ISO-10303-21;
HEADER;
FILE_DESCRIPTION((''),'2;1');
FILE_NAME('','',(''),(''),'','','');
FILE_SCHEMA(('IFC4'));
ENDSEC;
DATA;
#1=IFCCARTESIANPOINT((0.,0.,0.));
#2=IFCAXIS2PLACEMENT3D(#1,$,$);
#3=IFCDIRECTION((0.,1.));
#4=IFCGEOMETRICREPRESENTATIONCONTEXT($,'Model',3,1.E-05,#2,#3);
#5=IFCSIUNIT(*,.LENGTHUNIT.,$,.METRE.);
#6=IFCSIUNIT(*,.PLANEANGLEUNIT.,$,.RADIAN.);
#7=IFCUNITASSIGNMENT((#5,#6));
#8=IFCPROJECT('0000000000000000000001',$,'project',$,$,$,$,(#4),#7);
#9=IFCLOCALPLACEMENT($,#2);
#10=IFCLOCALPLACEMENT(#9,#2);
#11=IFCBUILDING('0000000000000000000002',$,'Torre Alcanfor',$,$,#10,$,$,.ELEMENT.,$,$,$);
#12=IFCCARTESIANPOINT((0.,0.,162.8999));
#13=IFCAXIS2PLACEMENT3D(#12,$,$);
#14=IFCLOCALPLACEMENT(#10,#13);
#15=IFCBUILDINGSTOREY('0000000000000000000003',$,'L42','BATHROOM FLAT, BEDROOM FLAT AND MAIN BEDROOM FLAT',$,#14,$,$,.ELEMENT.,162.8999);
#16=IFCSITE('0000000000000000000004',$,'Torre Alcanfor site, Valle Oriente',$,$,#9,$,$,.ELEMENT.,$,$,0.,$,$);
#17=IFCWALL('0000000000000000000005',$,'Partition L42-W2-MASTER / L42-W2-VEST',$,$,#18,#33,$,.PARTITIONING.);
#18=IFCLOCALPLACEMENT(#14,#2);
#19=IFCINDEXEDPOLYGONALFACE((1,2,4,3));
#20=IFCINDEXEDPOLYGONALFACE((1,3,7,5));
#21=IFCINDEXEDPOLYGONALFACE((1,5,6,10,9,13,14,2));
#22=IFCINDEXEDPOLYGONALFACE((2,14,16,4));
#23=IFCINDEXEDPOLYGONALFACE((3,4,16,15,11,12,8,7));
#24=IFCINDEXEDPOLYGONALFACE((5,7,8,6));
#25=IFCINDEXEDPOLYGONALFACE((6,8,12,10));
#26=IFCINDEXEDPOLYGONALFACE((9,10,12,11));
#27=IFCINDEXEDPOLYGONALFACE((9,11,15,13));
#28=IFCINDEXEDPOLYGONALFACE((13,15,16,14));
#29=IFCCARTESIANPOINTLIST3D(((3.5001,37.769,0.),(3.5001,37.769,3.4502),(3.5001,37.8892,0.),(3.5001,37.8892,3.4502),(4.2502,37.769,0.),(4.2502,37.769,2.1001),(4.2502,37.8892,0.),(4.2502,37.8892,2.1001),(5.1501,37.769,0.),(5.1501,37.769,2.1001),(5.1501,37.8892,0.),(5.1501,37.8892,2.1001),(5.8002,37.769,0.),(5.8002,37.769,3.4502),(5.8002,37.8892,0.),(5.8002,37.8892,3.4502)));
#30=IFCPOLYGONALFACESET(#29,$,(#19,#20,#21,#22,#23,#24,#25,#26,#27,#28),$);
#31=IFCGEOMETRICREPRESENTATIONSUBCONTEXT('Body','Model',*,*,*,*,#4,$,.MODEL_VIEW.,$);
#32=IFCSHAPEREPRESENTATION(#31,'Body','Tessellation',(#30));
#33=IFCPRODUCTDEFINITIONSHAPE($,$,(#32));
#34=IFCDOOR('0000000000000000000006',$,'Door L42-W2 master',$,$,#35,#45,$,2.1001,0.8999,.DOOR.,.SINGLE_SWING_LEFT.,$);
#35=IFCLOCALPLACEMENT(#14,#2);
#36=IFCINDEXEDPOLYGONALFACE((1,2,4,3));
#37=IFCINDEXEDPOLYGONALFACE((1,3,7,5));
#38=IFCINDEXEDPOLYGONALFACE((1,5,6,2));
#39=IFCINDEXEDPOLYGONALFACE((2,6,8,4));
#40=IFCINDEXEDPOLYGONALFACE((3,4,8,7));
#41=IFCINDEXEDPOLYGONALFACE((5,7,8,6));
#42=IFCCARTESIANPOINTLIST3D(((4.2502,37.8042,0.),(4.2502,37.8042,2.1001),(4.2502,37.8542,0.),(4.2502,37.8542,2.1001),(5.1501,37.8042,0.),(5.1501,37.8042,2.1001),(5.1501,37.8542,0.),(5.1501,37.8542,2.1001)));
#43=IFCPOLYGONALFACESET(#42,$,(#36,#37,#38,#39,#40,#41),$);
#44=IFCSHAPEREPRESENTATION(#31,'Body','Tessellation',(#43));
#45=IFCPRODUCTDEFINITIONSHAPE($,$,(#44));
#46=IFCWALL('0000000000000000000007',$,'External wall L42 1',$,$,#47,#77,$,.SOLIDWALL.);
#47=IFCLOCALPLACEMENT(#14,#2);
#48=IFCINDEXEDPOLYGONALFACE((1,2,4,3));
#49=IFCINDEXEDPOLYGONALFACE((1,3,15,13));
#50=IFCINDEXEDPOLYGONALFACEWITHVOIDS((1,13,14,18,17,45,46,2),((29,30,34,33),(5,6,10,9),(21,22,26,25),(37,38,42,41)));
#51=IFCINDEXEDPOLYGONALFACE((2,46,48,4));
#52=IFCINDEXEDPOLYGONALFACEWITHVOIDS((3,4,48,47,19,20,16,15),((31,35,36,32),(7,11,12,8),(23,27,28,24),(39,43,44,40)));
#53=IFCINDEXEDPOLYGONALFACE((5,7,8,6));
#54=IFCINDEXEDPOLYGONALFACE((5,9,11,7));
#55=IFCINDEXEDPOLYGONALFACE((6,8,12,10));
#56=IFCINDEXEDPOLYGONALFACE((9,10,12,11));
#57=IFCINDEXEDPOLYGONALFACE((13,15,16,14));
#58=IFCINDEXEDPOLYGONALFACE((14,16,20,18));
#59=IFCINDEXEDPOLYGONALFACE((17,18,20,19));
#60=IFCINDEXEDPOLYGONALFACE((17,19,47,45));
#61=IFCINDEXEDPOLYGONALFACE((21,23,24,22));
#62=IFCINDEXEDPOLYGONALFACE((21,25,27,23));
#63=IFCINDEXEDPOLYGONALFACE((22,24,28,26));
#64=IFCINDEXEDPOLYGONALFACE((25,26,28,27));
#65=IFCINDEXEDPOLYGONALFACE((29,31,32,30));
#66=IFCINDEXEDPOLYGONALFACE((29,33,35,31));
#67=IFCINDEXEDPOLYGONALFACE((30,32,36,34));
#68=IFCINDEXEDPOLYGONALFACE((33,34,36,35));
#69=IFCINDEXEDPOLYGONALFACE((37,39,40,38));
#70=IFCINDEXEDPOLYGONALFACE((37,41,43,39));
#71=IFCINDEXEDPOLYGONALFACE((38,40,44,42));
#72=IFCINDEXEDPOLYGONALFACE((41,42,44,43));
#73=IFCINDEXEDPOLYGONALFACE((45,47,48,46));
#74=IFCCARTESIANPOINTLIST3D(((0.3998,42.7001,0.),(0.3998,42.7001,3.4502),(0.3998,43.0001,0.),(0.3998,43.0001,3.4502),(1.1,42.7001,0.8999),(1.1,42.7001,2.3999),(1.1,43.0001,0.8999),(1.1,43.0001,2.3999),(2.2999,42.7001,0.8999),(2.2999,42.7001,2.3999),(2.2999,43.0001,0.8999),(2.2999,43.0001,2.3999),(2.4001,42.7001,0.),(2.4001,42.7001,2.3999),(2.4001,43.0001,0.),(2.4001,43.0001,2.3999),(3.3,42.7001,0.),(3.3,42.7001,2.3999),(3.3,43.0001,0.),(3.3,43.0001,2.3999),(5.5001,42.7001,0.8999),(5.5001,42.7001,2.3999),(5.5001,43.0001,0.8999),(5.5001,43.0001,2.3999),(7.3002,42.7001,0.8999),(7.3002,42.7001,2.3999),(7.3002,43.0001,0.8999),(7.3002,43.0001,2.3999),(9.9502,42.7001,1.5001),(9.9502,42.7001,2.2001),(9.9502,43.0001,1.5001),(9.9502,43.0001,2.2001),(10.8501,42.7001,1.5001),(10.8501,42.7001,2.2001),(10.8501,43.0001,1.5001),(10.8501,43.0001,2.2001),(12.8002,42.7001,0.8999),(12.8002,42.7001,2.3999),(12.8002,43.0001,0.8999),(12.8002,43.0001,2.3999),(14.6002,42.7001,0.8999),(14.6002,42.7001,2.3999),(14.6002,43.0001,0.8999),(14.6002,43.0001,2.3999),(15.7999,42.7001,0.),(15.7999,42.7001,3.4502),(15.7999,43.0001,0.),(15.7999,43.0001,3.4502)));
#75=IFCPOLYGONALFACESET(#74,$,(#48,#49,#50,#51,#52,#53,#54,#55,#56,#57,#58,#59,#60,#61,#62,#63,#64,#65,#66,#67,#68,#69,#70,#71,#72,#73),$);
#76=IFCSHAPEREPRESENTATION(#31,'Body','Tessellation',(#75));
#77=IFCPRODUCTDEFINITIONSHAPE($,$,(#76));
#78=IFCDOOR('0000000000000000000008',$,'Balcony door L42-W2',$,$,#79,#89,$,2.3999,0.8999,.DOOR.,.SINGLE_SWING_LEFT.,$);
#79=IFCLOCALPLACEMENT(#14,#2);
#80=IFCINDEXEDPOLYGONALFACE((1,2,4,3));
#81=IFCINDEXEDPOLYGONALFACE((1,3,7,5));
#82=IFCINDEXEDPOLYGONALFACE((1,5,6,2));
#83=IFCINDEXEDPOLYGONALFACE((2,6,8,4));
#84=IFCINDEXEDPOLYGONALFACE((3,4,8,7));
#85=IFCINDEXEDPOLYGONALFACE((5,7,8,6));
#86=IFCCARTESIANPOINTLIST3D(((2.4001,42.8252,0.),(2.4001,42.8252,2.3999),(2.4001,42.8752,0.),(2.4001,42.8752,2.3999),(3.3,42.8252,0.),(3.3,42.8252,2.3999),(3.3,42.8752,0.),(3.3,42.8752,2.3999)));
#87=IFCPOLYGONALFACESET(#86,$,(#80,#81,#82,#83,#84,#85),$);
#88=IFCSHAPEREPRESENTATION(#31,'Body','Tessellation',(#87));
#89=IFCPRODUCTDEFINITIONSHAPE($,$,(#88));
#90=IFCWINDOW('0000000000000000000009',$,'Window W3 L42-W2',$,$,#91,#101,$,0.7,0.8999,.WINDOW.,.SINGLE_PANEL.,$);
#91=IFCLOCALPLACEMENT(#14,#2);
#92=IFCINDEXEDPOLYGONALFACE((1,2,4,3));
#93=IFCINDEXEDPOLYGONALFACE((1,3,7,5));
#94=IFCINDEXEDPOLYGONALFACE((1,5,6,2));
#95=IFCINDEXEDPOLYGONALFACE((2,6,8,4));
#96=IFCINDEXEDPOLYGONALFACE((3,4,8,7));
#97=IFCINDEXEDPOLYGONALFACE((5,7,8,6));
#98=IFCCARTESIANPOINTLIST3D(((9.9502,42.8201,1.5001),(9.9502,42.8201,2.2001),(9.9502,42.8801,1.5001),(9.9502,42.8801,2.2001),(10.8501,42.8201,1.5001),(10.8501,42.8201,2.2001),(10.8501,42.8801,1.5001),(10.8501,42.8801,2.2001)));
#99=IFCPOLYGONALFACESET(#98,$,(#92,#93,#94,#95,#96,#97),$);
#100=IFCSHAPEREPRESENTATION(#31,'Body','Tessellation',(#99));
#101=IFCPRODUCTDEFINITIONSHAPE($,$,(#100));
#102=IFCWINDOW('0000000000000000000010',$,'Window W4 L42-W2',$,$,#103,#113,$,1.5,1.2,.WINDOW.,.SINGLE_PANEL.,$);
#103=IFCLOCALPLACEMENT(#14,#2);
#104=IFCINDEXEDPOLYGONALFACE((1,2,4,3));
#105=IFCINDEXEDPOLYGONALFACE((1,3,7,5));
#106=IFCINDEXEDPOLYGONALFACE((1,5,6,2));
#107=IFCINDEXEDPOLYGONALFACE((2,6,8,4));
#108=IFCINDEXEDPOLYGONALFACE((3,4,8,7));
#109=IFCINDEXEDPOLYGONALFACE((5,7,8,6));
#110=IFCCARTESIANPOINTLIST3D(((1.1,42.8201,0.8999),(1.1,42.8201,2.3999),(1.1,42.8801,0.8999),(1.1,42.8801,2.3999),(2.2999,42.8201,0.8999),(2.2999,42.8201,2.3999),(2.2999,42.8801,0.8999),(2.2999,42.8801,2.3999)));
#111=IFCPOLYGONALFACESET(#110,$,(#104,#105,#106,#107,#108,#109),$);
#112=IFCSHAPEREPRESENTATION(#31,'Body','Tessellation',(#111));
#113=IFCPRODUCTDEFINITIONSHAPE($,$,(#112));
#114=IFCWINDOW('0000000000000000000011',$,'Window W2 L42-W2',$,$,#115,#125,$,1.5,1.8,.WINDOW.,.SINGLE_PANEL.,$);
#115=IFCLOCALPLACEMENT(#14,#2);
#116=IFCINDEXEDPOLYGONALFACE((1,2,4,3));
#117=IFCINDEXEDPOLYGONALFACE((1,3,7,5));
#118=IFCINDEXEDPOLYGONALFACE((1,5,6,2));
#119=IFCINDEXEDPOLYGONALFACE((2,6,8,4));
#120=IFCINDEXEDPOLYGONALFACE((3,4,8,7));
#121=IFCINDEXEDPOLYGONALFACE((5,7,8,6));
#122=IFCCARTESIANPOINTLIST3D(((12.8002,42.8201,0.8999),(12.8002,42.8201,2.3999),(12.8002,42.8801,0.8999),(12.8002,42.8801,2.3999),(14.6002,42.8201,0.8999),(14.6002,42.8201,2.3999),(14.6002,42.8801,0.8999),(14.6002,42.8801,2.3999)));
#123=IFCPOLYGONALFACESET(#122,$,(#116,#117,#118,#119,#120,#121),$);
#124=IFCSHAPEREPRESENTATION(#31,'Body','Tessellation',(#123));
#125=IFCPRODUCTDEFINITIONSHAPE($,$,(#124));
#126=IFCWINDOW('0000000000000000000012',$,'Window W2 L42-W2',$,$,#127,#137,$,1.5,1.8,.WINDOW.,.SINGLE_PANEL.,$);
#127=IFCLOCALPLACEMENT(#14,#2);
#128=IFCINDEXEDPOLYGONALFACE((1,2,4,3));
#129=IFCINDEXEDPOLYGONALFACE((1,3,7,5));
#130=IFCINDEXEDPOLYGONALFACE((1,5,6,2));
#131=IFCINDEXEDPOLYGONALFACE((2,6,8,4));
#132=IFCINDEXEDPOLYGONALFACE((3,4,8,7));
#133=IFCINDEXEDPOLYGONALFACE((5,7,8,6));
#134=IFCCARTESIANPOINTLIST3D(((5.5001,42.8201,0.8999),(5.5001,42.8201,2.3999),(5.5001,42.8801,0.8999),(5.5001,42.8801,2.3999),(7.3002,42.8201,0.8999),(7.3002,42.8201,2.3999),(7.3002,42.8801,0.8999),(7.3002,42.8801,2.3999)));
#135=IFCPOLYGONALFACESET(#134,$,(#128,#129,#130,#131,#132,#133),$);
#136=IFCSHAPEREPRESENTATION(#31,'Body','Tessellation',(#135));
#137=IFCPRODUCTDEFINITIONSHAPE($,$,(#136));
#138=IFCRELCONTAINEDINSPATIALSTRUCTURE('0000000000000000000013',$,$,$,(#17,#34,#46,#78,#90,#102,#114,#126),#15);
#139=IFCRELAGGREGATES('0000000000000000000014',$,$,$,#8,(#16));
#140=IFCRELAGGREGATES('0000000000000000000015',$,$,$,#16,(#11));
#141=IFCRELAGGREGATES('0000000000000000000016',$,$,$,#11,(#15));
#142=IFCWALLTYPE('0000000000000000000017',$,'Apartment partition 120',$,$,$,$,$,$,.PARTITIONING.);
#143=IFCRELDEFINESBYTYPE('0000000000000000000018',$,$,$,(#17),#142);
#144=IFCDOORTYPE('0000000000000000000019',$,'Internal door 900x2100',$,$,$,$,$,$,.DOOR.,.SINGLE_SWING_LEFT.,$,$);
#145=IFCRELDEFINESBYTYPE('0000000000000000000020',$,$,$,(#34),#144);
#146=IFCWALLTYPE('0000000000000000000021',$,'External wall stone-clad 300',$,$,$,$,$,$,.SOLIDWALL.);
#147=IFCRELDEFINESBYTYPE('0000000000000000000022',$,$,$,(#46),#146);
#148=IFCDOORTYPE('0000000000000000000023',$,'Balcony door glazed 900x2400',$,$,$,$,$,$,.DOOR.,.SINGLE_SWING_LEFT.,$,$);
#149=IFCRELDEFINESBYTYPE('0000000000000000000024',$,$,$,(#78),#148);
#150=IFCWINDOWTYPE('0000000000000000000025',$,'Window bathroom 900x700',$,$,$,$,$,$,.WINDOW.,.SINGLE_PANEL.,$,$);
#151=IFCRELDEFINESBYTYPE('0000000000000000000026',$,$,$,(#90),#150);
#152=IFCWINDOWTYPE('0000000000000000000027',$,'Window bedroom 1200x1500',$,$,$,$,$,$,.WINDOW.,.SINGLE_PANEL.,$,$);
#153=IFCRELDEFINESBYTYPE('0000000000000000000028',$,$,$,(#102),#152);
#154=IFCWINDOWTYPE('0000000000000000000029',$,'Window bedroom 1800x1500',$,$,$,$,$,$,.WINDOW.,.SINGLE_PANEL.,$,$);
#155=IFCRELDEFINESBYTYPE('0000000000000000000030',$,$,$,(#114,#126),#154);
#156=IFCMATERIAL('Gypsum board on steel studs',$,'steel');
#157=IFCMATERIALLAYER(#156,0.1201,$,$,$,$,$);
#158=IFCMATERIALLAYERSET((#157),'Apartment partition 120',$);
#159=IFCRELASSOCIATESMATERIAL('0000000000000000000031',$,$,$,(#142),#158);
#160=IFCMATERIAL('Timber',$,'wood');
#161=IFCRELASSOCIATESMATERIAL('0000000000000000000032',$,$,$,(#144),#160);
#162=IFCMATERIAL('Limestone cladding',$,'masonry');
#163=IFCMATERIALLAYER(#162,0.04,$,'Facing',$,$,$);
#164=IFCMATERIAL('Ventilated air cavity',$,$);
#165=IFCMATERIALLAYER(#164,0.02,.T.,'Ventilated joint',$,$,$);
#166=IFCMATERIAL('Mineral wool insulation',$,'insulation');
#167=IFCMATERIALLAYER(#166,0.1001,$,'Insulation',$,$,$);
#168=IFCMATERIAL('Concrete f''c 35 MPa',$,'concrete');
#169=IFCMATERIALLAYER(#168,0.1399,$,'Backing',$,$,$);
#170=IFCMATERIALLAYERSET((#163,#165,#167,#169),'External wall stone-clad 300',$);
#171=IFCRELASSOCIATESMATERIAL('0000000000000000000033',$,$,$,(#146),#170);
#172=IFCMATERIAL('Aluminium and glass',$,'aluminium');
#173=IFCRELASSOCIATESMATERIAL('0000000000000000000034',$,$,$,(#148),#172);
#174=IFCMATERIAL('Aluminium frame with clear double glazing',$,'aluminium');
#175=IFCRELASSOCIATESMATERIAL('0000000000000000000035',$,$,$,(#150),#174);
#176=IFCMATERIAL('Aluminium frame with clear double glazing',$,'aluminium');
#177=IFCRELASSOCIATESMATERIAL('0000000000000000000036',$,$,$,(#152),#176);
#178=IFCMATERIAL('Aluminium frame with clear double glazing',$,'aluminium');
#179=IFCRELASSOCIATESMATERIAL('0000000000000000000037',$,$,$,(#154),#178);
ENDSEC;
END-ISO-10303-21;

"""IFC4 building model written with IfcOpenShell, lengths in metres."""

from ifc_helpers import new_model, si_unit, direction, frame, frame_2d, origin, place, context, subcontext, project, spatial, rectangle, extrude, material, layer, layer_set, type_object, element, fill, save


model = new_model("IFC4")

# Units and contexts
model_context = context("Model", 3, precision=1e-05, world=origin(), true_north=direction((0.0, 1.0)))
body_context = subcontext(model_context, "Body", "Model", "MODEL_VIEW")
ifc_project = project(units=[si_unit("LENGTHUNIT", "METRE"), si_unit("PLANEANGLEUNIT", "RADIAN")], contexts=[model_context])

# Site, building, storey
site_placement = place(None, origin())
site = spatial("IfcSite", under=ifc_project, at=site_placement, Name="Torre Alcanfor site, Valle Oriente", CompositionType="ELEMENT", RefElevation=0.0)
building_placement = place(site_placement, origin())
building = spatial("IfcBuilding", under=site, at=building_placement, Name="Torre Alcanfor", CompositionType="ELEMENT")
storey_placement = place(building_placement, frame((0.0, 0.0, 162.8999)))
storey = spatial("IfcBuildingStorey", under=building, at=storey_placement, Name="L42", Description="BATHROOM FLAT, BEDROOM FLAT AND MAIN BEDROOM FLAT", CompositionType="ELEMENT", Elevation=162.8999)

# Shared definitions
ifc_material_1 = material(Name="Gypsum board on steel studs", Category="steel")
ifc_layer_1 = layer(ifc_material_1, 0.1201)
ifc_layer_set_1 = layer_set([ifc_layer_1], Name="Apartment partition 120")
wall_type_1 = type_object("IfcWallType", Name="Apartment partition 120", PredefinedType="PARTITIONING", material=ifc_layer_set_1)
ifc_material_2 = material(Name="Timber", Category="wood")
door_type_1 = type_object("IfcDoorType", Name="Internal door 900x2100", OperationType="SINGLE_SWING_LEFT", PredefinedType="DOOR", material=ifc_material_2)

# Wall, opening, door
wall_1_placement = place(storey_placement, frame((5.8, 37.8291, 0.0), z_axis=(0.0, 0.0, 1.0), x_axis=(-1.0, 0.0, 0.0)))
wall_1 = element("IfcWall", 1, at=wall_1_placement, inside=storey, type_object=wall_type_1, Name="Partition L42-W2-MASTER / L42-W2-VEST", PredefinedType="PARTITIONING", context=body_context, shape_type="SweptSolid", body=[
    extrude(rectangle(XDim=2.3, YDim=0.1201, at=frame_2d((1.1499, 0.0))), origin(), (0.0, 0.0, 1.0), 3.4502),
])
opening_1_placement = place(wall_1_placement, frame((0.6499, 0.0, 0.0)))
opening_1 = element("IfcOpeningElement", 2, at=opening_1_placement, cuts=wall_1, PredefinedType="OPENING", context=body_context, shape_type="SweptSolid", body=[
    extrude(rectangle(XDim=0.8999, YDim=2.1001, at=frame_2d((0.45, 1.05))), frame((0.0, 0.0701, 0.0), z_axis=(0.0, -1.0, 0.0), x_axis=(1.0, 0.0, 0.0)), (0.0, 0.0, 1.0), 0.1401),
])
door_1_placement = place(opening_1_placement, origin())
door_1 = element("IfcDoor", 3, at=door_1_placement, inside=storey, type_object=door_type_1, Name="Door L42-W2 master", OperationType="SINGLE_SWING_LEFT", OverallHeight=2.1001, OverallWidth=0.8999, PredefinedType="DOOR", context=body_context, shape_type="SweptSolid", body=[
    extrude(rectangle(XDim=0.8999, YDim=2.1001, at=frame_2d((0.45, 1.05))), frame((0.0, 0.0249, 0.0), z_axis=(0.0, -1.0, 0.0), x_axis=(1.0, 0.0, 0.0)), (0.0, 0.0, 1.0), 0.05),
])
fill(opening_1, door_1)

# Wall, openings, door, windows
ifc_material_3 = material(Name="Limestone cladding", Category="masonry")
ifc_layer_2 = layer(ifc_material_3, 0.04, Name="Facing")
ifc_material_4 = material(Name="Ventilated air cavity")
ifc_layer_3 = layer(ifc_material_4, 0.02, ventilated=True, Name="Ventilated joint")
ifc_material_5 = material(Name="Mineral wool insulation", Category="insulation")
ifc_layer_4 = layer(ifc_material_5, 0.1001, Name="Insulation")
ifc_material_6 = material(Name="Concrete f'c 35 MPa", Category="concrete")
ifc_layer_5 = layer(ifc_material_6, 0.1399, Name="Backing")
ifc_layer_set_2 = layer_set([ifc_layer_2, ifc_layer_3, ifc_layer_4, ifc_layer_5], Name="External wall stone-clad 300")
wall_type_2 = type_object("IfcWallType", Name="External wall stone-clad 300", PredefinedType="SOLIDWALL", material=ifc_layer_set_2)
wall_2_placement = place(storey_placement, frame((15.8, 42.8501, 0.0), z_axis=(0.0, 0.0, 1.0), x_axis=(-1.0, 0.0, 0.0)))
wall_2 = element("IfcWall", 4, at=wall_2_placement, inside=storey, type_object=wall_type_2, Name="External wall L42 1", PredefinedType="SOLIDWALL", context=body_context, shape_type="SweptSolid", body=[
    extrude(rectangle(XDim=15.4001, YDim=0.3, at=frame_2d((7.7002, 0.0))), origin(), (0.0, 0.0, 1.0), 3.4502),
])
opening_2_placement = place(wall_2_placement, frame((1.2, 0.0, 0.8999)))
opening_2 = element("IfcOpeningElement", 5, at=opening_2_placement, cuts=wall_2, PredefinedType="OPENING", context=body_context, shape_type="SweptSolid", body=[
    extrude(rectangle(XDim=1.8, YDim=1.5, at=frame_2d((0.8999, 0.75))), frame((0.0, 0.1599, 0.0), z_axis=(0.0, -1.0, 0.0), x_axis=(1.0, 0.0, 0.0)), (0.0, 0.0, 1.0), 0.3201),
])
opening_3_placement = place(wall_2_placement, frame((4.95, 0.0, 1.5)))
opening_3 = element("IfcOpeningElement", 6, at=opening_3_placement, cuts=wall_2, PredefinedType="OPENING", context=body_context, shape_type="SweptSolid", body=[
    extrude(rectangle(XDim=0.8999, YDim=0.7, at=frame_2d((0.45, 0.3501))), frame((0.0, 0.1599, 0.0), z_axis=(0.0, -1.0, 0.0), x_axis=(1.0, 0.0, 0.0)), (0.0, 0.0, 1.0), 0.3201),
])
opening_4_placement = place(wall_2_placement, frame((8.5, 0.0, 0.8999)))
opening_4 = element("IfcOpeningElement", 7, at=opening_4_placement, cuts=wall_2, PredefinedType="OPENING", context=body_context, shape_type="SweptSolid", body=[
    extrude(rectangle(XDim=1.8, YDim=1.5, at=frame_2d((0.8999, 0.75))), frame((0.0, 0.1599, 0.0), z_axis=(0.0, -1.0, 0.0), x_axis=(1.0, 0.0, 0.0)), (0.0, 0.0, 1.0), 0.3201),
])
opening_5_placement = place(wall_2_placement, frame((12.5, 0.0, 0.0)))
opening_5 = element("IfcOpeningElement", 8, at=opening_5_placement, cuts=wall_2, PredefinedType="OPENING", context=body_context, shape_type="SweptSolid", body=[
    extrude(rectangle(XDim=0.8999, YDim=2.3999, at=frame_2d((0.45, 1.2))), frame((0.0, 0.1599, 0.0), z_axis=(0.0, -1.0, 0.0), x_axis=(1.0, 0.0, 0.0)), (0.0, 0.0, 1.0), 0.3201),
])
opening_6_placement = place(wall_2_placement, frame((13.5, 0.0, 0.8999)))
opening_6 = element("IfcOpeningElement", 9, at=opening_6_placement, cuts=wall_2, PredefinedType="OPENING", context=body_context, shape_type="SweptSolid", body=[
    extrude(rectangle(XDim=1.2, YDim=1.5, at=frame_2d((0.6001, 0.75))), frame((0.0, 0.1599, 0.0), z_axis=(0.0, -1.0, 0.0), x_axis=(1.0, 0.0, 0.0)), (0.0, 0.0, 1.0), 0.3201),
])
ifc_material_7 = material(Name="Aluminium and glass", Category="aluminium")
door_type_2 = type_object("IfcDoorType", Name="Balcony door glazed 900x2400", OperationType="SINGLE_SWING_LEFT", PredefinedType="DOOR", material=ifc_material_7)
door_2_placement = place(opening_5_placement, origin())
door_2 = element("IfcDoor", 10, at=door_2_placement, inside=storey, type_object=door_type_2, Name="Balcony door L42-W2", OperationType="SINGLE_SWING_LEFT", OverallHeight=2.3999, OverallWidth=0.8999, PredefinedType="DOOR", context=body_context, shape_type="SweptSolid", body=[
    extrude(rectangle(XDim=0.8999, YDim=2.3999, at=frame_2d((0.45, 1.2))), frame((0.0, 0.0249, 0.0), z_axis=(0.0, -1.0, 0.0), x_axis=(1.0, 0.0, 0.0)), (0.0, 0.0, 1.0), 0.05),
])
fill(opening_5, door_2)
ifc_material_8 = material(Name="Aluminium frame with clear double glazing", Category="aluminium")
window_type_1 = type_object("IfcWindowType", Name="Window bathroom 900x700", PartitioningType="SINGLE_PANEL", PredefinedType="WINDOW", material=ifc_material_8)
window_1_placement = place(opening_3_placement, origin())
window_1 = element("IfcWindow", 11, at=window_1_placement, inside=storey, type_object=window_type_1, Name="Window W3 L42-W2", OverallHeight=0.7, OverallWidth=0.8999, PartitioningType="SINGLE_PANEL", PredefinedType="WINDOW", context=body_context, shape_type="SweptSolid", body=[
    extrude(rectangle(XDim=0.8999, YDim=0.7, at=frame_2d((0.45, 0.3501))), frame((0.0, 0.03, 0.0), z_axis=(0.0, -1.0, 0.0), x_axis=(1.0, 0.0, 0.0)), (0.0, 0.0, 1.0), 0.0601),
])
fill(opening_3, window_1)
ifc_material_9 = material(Name="Aluminium frame with clear double glazing", Category="aluminium")
window_type_2 = type_object("IfcWindowType", Name="Window bedroom 1200x1500", PartitioningType="SINGLE_PANEL", PredefinedType="WINDOW", material=ifc_material_9)
window_2_placement = place(opening_6_placement, origin())
window_2 = element("IfcWindow", 12, at=window_2_placement, inside=storey, type_object=window_type_2, Name="Window W4 L42-W2", OverallHeight=1.5, OverallWidth=1.2, PartitioningType="SINGLE_PANEL", PredefinedType="WINDOW", context=body_context, shape_type="SweptSolid", body=[
    extrude(rectangle(XDim=1.2, YDim=1.5, at=frame_2d((0.6001, 0.75))), frame((0.0, 0.03, 0.0), z_axis=(0.0, -1.0, 0.0), x_axis=(1.0, 0.0, 0.0)), (0.0, 0.0, 1.0), 0.0601),
])
fill(opening_6, window_2)
ifc_material_10 = material(Name="Aluminium frame with clear double glazing", Category="aluminium")
window_type_3 = type_object("IfcWindowType", Name="Window bedroom 1800x1500", PartitioningType="SINGLE_PANEL", PredefinedType="WINDOW", material=ifc_material_10)
window_3_placement = place(opening_2_placement, origin())
window_3 = element("IfcWindow", 13, at=window_3_placement, inside=storey, type_object=window_type_3, Name="Window W2 L42-W2", OverallHeight=1.5, OverallWidth=1.8, PartitioningType="SINGLE_PANEL", PredefinedType="WINDOW", context=body_context, shape_type="SweptSolid", body=[
    extrude(rectangle(XDim=1.8, YDim=1.5, at=frame_2d((0.8999, 0.75))), frame((0.0, 0.03, 0.0), z_axis=(0.0, -1.0, 0.0), x_axis=(1.0, 0.0, 0.0)), (0.0, 0.0, 1.0), 0.0601),
])
fill(opening_2, window_3)
window_4_placement = place(opening_4_placement, origin())
window_4 = element("IfcWindow", 14, at=window_4_placement, inside=storey, type_object=window_type_3, Name="Window W2 L42-W2", OverallHeight=1.5, OverallWidth=1.8, PartitioningType="SINGLE_PANEL", PredefinedType="WINDOW", context=body_context, shape_type="SweptSolid", body=[
    extrude(rectangle(XDim=1.8, YDim=1.5, at=frame_2d((0.8999, 0.75))), frame((0.0, 0.03, 0.0), z_axis=(0.0, -1.0, 0.0), x_axis=(1.0, 0.0, 0.0)), (0.0, 0.0, 1.0), 0.0601),
])
fill(opening_4, window_4)

save(model, "model.ifc")
